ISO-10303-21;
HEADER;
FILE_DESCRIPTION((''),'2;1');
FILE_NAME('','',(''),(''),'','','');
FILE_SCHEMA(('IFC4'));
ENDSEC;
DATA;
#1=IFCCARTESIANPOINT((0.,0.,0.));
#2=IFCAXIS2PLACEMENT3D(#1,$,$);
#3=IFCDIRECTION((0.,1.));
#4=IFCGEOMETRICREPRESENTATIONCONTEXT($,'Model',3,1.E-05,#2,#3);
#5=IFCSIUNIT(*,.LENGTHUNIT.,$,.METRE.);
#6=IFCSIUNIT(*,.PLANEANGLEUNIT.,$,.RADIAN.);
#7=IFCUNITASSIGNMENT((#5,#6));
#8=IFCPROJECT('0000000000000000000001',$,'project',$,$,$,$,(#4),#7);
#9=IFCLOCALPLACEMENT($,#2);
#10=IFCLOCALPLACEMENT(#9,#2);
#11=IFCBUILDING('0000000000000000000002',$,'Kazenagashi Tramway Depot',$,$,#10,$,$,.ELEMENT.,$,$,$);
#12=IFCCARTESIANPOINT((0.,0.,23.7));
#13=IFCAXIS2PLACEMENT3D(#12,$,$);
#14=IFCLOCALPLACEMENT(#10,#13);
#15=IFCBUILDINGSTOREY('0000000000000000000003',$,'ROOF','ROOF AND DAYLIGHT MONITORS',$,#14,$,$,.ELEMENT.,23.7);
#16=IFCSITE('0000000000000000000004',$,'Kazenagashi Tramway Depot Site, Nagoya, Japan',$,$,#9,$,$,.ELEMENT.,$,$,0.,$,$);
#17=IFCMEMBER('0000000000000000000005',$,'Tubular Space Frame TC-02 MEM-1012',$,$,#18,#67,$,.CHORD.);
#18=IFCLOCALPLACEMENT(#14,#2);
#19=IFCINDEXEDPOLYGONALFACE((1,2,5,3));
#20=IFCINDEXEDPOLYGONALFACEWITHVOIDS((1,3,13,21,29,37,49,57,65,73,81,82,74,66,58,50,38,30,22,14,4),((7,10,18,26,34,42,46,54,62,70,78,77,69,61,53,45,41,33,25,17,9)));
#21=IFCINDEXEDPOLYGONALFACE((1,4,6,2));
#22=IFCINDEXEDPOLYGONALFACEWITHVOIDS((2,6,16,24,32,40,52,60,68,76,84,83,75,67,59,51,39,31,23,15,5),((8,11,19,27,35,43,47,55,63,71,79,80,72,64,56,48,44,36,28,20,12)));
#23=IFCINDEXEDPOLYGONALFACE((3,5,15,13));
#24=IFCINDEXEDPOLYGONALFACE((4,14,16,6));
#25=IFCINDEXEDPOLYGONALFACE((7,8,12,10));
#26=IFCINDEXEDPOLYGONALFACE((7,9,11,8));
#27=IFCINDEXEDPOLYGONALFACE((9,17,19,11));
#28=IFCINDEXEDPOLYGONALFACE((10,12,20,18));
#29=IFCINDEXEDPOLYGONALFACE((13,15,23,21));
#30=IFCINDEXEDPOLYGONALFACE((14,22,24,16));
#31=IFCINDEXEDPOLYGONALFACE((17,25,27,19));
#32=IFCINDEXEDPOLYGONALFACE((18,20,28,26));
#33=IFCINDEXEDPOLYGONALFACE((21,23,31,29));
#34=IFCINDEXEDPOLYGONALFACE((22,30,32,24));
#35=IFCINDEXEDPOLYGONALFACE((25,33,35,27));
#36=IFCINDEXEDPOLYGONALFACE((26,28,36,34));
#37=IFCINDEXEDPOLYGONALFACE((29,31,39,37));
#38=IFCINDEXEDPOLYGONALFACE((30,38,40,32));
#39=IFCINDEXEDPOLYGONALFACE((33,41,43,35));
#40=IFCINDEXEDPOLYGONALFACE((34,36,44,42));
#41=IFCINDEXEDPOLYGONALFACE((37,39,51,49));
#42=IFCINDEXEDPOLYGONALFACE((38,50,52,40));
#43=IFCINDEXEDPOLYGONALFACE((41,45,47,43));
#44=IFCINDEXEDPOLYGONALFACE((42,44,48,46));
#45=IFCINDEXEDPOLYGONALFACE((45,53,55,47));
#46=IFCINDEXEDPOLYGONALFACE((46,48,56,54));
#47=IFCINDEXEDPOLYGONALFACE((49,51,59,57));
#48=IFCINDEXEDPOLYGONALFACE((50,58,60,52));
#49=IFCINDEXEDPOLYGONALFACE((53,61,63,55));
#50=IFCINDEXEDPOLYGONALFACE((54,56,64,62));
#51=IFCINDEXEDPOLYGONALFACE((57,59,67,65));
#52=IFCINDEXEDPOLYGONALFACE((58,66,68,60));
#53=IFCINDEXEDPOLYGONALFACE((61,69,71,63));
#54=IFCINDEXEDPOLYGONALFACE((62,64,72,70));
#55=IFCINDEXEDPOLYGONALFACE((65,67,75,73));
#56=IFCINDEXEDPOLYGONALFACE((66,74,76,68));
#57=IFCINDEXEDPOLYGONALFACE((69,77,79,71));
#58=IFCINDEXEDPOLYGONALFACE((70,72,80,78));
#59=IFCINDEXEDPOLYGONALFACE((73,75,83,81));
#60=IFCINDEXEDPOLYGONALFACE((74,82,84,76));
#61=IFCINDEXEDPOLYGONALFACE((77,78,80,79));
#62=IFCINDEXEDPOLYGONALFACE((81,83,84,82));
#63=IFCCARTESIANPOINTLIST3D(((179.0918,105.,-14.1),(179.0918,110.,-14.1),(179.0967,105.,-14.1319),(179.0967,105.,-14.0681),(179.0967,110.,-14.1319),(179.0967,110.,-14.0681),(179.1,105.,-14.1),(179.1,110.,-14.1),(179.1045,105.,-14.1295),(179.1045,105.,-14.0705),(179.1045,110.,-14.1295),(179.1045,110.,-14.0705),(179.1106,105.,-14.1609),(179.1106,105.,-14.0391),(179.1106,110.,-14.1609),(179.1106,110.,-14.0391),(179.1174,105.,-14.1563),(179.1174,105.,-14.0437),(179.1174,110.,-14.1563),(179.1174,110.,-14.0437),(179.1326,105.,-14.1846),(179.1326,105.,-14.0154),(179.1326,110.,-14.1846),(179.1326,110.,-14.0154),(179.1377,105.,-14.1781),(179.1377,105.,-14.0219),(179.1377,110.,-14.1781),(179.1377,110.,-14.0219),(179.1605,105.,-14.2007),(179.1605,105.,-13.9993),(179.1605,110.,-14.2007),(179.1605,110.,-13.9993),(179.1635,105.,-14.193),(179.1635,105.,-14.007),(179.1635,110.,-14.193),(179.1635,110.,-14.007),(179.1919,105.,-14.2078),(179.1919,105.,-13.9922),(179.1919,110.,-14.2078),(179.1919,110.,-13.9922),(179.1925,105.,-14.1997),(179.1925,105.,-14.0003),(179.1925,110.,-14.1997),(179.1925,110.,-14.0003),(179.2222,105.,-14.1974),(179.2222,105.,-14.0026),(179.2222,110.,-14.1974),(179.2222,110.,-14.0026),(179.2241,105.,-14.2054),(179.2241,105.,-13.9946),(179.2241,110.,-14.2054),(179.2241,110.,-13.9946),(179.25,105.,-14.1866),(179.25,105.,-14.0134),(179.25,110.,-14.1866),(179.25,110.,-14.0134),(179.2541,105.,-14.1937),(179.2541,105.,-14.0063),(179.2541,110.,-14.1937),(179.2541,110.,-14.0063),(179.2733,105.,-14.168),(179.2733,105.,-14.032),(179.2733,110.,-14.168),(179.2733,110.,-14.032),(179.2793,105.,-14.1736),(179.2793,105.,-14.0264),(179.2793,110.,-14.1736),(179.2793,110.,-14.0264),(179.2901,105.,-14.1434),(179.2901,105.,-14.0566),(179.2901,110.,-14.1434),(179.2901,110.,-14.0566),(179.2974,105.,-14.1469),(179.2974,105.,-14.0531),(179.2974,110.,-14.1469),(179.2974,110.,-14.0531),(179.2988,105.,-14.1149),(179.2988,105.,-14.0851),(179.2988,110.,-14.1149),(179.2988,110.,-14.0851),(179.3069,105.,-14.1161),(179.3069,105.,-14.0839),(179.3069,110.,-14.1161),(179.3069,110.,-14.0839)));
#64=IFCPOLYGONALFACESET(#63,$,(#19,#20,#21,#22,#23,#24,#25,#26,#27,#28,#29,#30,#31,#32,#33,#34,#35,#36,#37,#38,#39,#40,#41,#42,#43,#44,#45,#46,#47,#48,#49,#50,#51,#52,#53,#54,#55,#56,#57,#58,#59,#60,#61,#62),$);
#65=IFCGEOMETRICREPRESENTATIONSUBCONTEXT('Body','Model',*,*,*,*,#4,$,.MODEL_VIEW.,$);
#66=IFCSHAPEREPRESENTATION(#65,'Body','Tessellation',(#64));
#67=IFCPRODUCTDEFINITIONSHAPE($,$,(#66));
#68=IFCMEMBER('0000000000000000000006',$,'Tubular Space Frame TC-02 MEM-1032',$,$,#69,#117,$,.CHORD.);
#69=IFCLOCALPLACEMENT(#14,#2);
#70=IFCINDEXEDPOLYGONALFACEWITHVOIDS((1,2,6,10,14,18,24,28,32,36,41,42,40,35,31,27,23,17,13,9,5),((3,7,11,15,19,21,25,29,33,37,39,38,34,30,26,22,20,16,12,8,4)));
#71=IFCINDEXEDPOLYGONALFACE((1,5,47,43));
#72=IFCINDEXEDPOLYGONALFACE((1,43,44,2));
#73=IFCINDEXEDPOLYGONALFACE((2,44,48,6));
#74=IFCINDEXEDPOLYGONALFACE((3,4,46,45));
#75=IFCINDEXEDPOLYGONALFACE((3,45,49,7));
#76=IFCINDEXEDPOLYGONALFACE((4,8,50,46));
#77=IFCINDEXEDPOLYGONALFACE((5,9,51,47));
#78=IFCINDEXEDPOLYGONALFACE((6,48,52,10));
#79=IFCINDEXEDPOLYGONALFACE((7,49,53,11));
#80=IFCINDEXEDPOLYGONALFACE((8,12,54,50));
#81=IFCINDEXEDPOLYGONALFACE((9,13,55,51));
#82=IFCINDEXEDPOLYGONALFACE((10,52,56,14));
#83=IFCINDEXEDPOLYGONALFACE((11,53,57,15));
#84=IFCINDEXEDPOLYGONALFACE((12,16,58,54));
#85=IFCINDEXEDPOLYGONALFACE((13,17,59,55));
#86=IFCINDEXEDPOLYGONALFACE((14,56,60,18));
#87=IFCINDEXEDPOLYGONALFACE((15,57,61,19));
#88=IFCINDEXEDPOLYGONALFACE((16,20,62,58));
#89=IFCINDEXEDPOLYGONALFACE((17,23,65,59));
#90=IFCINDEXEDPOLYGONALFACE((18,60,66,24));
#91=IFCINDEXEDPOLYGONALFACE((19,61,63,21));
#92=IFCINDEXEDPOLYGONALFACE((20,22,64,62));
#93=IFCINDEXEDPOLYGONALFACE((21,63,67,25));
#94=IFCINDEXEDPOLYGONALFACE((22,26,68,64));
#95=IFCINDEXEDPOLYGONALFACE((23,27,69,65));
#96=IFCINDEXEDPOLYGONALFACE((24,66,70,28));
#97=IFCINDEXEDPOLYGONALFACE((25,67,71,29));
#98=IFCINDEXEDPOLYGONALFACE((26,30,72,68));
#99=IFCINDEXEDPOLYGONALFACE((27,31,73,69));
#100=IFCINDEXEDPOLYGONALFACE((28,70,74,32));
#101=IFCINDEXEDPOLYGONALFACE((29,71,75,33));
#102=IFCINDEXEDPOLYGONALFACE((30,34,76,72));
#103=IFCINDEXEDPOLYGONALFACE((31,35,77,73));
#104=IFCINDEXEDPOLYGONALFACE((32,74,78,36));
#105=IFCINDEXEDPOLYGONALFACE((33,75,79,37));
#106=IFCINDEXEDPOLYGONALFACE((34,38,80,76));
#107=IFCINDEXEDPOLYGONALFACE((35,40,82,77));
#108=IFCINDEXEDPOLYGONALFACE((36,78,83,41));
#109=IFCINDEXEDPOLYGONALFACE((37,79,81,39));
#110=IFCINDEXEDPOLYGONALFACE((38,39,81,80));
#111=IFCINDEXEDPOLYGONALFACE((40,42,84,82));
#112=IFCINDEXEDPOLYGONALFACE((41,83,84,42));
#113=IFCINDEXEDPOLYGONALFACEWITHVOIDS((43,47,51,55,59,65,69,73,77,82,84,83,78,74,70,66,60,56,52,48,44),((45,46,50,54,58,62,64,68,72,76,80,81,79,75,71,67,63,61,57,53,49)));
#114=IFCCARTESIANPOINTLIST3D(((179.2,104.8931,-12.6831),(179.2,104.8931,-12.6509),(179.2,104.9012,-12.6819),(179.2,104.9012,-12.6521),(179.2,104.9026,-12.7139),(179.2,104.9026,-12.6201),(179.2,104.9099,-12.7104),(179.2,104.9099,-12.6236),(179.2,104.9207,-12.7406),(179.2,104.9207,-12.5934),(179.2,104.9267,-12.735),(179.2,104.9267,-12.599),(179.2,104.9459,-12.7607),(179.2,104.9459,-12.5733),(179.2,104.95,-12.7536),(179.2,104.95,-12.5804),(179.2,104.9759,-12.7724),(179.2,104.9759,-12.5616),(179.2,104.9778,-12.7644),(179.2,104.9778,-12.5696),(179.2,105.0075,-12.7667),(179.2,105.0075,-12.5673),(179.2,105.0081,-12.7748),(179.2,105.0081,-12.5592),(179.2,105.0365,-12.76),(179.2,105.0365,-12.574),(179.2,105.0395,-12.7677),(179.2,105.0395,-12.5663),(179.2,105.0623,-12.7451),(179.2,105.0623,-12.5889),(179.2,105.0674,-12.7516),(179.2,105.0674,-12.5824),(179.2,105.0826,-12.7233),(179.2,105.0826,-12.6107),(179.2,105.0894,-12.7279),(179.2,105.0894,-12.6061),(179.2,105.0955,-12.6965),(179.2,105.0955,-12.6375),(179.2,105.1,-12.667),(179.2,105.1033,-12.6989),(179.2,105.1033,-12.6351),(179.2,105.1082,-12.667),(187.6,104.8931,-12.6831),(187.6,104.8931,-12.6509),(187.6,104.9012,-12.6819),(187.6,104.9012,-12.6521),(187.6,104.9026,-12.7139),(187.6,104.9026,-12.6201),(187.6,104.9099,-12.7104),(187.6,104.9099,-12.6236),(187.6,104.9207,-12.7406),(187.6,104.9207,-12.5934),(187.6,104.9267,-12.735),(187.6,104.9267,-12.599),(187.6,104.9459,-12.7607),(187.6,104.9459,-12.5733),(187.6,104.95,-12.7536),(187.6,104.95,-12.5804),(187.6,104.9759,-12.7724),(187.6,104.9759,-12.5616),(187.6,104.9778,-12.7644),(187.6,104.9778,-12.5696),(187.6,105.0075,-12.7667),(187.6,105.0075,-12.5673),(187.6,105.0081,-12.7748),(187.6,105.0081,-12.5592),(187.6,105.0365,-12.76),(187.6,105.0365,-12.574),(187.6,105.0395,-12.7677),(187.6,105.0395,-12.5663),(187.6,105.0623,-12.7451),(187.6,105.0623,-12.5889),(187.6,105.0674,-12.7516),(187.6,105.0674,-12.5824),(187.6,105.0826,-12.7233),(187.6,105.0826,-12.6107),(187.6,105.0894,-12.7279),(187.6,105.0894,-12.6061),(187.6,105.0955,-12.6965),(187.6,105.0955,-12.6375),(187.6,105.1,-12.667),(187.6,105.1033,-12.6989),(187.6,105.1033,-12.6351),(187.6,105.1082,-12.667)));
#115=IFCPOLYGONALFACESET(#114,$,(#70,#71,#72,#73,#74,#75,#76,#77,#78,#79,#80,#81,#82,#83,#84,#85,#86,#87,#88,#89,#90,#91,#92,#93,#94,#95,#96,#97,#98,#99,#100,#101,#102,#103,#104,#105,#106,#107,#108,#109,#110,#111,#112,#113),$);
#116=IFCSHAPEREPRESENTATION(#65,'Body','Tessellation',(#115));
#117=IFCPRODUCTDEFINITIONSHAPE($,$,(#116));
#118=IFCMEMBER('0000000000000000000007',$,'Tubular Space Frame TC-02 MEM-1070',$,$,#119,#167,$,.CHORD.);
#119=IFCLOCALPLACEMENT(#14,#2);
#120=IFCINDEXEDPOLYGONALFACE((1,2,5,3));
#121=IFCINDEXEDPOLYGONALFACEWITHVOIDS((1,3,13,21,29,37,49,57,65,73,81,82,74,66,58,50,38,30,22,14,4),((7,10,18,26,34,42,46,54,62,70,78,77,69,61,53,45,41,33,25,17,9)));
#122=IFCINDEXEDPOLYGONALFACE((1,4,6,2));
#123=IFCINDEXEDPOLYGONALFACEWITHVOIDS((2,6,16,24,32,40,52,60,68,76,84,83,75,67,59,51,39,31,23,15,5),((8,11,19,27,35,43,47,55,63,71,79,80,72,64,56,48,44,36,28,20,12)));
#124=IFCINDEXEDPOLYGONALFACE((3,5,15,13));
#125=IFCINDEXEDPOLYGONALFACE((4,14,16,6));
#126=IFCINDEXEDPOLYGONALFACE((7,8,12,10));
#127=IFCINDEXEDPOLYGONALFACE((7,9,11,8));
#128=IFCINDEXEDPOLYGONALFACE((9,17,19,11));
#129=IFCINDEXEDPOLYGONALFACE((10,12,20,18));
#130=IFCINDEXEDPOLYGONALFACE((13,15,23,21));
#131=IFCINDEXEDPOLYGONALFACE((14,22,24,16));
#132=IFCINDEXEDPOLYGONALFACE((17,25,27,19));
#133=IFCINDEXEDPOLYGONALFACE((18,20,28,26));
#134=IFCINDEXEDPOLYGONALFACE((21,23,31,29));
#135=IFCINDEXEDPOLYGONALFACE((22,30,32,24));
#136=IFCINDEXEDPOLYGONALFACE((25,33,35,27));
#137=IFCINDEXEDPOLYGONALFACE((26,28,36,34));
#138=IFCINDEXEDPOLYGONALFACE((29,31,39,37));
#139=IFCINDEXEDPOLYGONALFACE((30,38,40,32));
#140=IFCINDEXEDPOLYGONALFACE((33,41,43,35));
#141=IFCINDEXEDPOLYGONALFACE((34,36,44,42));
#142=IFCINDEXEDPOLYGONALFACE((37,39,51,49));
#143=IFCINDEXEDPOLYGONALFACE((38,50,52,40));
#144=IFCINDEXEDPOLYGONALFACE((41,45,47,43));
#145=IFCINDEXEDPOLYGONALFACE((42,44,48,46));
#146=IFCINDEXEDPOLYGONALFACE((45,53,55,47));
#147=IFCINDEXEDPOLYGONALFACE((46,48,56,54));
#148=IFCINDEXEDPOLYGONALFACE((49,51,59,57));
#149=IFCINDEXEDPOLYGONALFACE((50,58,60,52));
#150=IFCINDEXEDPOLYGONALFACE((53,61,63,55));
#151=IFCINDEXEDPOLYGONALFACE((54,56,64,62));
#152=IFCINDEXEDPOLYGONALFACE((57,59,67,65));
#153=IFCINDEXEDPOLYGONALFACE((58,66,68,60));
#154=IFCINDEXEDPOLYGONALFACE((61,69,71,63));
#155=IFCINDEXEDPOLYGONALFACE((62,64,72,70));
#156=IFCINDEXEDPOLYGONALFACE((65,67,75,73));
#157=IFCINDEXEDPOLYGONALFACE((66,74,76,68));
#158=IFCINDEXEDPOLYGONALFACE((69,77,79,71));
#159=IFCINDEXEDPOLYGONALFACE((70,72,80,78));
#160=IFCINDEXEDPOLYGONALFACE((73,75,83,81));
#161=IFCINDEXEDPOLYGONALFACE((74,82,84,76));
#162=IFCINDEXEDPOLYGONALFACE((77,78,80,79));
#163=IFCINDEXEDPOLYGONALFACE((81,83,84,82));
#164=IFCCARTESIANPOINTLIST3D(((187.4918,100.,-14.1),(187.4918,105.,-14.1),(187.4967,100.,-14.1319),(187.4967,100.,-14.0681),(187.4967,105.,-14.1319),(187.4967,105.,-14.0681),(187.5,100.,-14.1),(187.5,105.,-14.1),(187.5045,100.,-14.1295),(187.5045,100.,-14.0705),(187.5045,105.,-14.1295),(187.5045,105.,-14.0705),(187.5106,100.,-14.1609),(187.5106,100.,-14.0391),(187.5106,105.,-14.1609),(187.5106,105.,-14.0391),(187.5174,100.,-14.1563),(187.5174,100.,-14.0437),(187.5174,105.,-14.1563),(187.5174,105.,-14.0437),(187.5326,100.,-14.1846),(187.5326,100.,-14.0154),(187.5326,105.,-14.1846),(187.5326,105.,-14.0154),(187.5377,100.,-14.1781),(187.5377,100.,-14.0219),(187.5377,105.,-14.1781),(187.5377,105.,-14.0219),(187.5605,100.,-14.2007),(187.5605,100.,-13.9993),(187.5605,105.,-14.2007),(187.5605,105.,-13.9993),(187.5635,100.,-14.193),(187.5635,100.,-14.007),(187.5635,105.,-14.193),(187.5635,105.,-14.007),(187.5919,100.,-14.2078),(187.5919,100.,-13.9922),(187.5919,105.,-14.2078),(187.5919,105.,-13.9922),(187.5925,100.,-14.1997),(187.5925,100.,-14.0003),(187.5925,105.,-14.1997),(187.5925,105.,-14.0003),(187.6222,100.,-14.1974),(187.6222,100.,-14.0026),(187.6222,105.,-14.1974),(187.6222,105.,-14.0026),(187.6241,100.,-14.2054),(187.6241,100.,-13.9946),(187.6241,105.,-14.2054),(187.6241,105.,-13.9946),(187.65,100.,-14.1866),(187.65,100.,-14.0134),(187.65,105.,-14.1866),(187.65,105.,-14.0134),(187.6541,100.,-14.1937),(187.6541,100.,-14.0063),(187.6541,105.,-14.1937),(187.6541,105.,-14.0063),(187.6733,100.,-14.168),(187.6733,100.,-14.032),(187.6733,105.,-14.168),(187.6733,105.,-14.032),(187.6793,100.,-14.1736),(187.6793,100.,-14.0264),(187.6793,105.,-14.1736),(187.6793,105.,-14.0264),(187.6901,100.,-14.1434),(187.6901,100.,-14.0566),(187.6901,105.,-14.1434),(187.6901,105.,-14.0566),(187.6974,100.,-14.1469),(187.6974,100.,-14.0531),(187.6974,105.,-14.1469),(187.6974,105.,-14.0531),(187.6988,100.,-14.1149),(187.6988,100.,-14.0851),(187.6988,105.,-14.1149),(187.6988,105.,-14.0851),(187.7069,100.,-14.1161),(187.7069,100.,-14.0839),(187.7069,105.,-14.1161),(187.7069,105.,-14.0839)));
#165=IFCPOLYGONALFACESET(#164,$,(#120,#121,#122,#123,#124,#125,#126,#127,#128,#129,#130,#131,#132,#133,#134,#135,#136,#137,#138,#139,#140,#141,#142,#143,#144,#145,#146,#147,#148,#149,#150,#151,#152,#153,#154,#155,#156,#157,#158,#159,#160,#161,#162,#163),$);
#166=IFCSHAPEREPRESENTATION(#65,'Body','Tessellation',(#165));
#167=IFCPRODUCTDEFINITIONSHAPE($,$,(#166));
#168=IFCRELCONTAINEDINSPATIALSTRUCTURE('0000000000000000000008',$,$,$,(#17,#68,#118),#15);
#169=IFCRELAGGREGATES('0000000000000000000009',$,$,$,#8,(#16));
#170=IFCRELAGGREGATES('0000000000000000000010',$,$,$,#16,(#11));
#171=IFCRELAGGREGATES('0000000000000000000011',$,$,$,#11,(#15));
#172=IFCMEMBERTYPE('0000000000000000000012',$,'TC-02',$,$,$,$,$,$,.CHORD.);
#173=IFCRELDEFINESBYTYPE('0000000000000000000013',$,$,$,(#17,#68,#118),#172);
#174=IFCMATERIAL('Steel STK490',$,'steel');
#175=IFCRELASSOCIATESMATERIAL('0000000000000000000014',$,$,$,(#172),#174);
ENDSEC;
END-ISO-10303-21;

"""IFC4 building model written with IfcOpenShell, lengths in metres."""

from ifc_helpers import new_model, si_unit, direction, frame, origin, origin_2d, place, context, subcontext, project, spatial, hollow_circle, extrude, material, material_profile, profile_set, type_object, element, save


model = new_model("IFC4")

# Units and contexts
model_context = context("Model", 3, precision=1e-05, world=origin(), true_north=direction((0.0, 1.0)))
body_context = subcontext(model_context, "Body", "Model", "MODEL_VIEW")
ifc_project = project(units=[si_unit("LENGTHUNIT", "METRE"), si_unit("PLANEANGLEUNIT", "RADIAN")], contexts=[model_context])

# Site, building, storey
site_placement = place(None, origin())
site = spatial("IfcSite", under=ifc_project, at=site_placement, Name="Kazenagashi Tramway Depot Site, Nagoya, Japan", CompositionType="ELEMENT", RefElevation=0.0)
building_placement = place(site_placement, origin())
building = spatial("IfcBuilding", under=site, at=building_placement, Name="Kazenagashi Tramway Depot", CompositionType="ELEMENT")
storey_placement = place(building_placement, frame((0.0, 0.0, 23.7)))
storey = spatial("IfcBuildingStorey", under=building, at=storey_placement, Name="ROOF", Description="ROOF AND DAYLIGHT MONITORS", CompositionType="ELEMENT", Elevation=23.7)

# Members
ifc_material_1 = material(Name="Steel STK490", Category="steel")
ifc_material_profile_1 = material_profile(ifc_material_1, hollow_circle(Radius=0.1081, WallThickness=0.0082, at=origin_2d()), Name="CHS-216.3x8.2")
ifc_profile_set_1 = profile_set([ifc_material_profile_1], Name="Steel STK490")
member_type_1 = type_object("IfcMemberType", Name="TC-02", PredefinedType="CHORD", material=ifc_profile_set_1)
for number, where, z_axis, x_axis, name in (
    (1, (179.2, 105.0, -14.1), (0.0, 1.0, 0.0), (-1.0, 0.0, 0.0), "Tubular Space Frame TC-02 MEM-1012"),
):
    element("IfcMember", number, at=place(storey_placement, frame(where, z_axis=z_axis, x_axis=x_axis)), inside=storey, type_object=member_type_1, Name=name, PredefinedType="CHORD", context=body_context, shape_type="SweptSolid", body=[
        extrude(hollow_circle(Radius=0.1081, WallThickness=0.0082, at=origin_2d()), origin(), (0.0, 0.0, 1.0), 5.0),
    ])
member_1_placement = place(storey_placement, frame((179.2, 105.0, -12.667), z_axis=(1.0, 0.0, 0.0), x_axis=(0.0, 1.0, 0.0)))
element("IfcMember", 2, at=member_1_placement, inside=storey, type_object=member_type_1, Name="Tubular Space Frame TC-02 MEM-1032", PredefinedType="CHORD", context=body_context, shape_type="SweptSolid", body=[
    extrude(hollow_circle(Radius=0.1081, WallThickness=0.0082, at=origin_2d()), origin(), (0.0, 0.0, 1.0), 8.4),
])
for number, where, z_axis, x_axis, name in (
    (3, (187.6, 100.0, -14.1), (0.0, 1.0, 0.0), (-1.0, 0.0, 0.0), "Tubular Space Frame TC-02 MEM-1070"),
):
    element("IfcMember", number, at=place(storey_placement, frame(where, z_axis=z_axis, x_axis=x_axis)), inside=storey, type_object=member_type_1, Name=name, PredefinedType="CHORD", context=body_context, shape_type="SweptSolid", body=[
        extrude(hollow_circle(Radius=0.1081, WallThickness=0.0082, at=origin_2d()), origin(), (0.0, 0.0, 1.0), 5.0),
    ])

save(model, "model.ifc")
